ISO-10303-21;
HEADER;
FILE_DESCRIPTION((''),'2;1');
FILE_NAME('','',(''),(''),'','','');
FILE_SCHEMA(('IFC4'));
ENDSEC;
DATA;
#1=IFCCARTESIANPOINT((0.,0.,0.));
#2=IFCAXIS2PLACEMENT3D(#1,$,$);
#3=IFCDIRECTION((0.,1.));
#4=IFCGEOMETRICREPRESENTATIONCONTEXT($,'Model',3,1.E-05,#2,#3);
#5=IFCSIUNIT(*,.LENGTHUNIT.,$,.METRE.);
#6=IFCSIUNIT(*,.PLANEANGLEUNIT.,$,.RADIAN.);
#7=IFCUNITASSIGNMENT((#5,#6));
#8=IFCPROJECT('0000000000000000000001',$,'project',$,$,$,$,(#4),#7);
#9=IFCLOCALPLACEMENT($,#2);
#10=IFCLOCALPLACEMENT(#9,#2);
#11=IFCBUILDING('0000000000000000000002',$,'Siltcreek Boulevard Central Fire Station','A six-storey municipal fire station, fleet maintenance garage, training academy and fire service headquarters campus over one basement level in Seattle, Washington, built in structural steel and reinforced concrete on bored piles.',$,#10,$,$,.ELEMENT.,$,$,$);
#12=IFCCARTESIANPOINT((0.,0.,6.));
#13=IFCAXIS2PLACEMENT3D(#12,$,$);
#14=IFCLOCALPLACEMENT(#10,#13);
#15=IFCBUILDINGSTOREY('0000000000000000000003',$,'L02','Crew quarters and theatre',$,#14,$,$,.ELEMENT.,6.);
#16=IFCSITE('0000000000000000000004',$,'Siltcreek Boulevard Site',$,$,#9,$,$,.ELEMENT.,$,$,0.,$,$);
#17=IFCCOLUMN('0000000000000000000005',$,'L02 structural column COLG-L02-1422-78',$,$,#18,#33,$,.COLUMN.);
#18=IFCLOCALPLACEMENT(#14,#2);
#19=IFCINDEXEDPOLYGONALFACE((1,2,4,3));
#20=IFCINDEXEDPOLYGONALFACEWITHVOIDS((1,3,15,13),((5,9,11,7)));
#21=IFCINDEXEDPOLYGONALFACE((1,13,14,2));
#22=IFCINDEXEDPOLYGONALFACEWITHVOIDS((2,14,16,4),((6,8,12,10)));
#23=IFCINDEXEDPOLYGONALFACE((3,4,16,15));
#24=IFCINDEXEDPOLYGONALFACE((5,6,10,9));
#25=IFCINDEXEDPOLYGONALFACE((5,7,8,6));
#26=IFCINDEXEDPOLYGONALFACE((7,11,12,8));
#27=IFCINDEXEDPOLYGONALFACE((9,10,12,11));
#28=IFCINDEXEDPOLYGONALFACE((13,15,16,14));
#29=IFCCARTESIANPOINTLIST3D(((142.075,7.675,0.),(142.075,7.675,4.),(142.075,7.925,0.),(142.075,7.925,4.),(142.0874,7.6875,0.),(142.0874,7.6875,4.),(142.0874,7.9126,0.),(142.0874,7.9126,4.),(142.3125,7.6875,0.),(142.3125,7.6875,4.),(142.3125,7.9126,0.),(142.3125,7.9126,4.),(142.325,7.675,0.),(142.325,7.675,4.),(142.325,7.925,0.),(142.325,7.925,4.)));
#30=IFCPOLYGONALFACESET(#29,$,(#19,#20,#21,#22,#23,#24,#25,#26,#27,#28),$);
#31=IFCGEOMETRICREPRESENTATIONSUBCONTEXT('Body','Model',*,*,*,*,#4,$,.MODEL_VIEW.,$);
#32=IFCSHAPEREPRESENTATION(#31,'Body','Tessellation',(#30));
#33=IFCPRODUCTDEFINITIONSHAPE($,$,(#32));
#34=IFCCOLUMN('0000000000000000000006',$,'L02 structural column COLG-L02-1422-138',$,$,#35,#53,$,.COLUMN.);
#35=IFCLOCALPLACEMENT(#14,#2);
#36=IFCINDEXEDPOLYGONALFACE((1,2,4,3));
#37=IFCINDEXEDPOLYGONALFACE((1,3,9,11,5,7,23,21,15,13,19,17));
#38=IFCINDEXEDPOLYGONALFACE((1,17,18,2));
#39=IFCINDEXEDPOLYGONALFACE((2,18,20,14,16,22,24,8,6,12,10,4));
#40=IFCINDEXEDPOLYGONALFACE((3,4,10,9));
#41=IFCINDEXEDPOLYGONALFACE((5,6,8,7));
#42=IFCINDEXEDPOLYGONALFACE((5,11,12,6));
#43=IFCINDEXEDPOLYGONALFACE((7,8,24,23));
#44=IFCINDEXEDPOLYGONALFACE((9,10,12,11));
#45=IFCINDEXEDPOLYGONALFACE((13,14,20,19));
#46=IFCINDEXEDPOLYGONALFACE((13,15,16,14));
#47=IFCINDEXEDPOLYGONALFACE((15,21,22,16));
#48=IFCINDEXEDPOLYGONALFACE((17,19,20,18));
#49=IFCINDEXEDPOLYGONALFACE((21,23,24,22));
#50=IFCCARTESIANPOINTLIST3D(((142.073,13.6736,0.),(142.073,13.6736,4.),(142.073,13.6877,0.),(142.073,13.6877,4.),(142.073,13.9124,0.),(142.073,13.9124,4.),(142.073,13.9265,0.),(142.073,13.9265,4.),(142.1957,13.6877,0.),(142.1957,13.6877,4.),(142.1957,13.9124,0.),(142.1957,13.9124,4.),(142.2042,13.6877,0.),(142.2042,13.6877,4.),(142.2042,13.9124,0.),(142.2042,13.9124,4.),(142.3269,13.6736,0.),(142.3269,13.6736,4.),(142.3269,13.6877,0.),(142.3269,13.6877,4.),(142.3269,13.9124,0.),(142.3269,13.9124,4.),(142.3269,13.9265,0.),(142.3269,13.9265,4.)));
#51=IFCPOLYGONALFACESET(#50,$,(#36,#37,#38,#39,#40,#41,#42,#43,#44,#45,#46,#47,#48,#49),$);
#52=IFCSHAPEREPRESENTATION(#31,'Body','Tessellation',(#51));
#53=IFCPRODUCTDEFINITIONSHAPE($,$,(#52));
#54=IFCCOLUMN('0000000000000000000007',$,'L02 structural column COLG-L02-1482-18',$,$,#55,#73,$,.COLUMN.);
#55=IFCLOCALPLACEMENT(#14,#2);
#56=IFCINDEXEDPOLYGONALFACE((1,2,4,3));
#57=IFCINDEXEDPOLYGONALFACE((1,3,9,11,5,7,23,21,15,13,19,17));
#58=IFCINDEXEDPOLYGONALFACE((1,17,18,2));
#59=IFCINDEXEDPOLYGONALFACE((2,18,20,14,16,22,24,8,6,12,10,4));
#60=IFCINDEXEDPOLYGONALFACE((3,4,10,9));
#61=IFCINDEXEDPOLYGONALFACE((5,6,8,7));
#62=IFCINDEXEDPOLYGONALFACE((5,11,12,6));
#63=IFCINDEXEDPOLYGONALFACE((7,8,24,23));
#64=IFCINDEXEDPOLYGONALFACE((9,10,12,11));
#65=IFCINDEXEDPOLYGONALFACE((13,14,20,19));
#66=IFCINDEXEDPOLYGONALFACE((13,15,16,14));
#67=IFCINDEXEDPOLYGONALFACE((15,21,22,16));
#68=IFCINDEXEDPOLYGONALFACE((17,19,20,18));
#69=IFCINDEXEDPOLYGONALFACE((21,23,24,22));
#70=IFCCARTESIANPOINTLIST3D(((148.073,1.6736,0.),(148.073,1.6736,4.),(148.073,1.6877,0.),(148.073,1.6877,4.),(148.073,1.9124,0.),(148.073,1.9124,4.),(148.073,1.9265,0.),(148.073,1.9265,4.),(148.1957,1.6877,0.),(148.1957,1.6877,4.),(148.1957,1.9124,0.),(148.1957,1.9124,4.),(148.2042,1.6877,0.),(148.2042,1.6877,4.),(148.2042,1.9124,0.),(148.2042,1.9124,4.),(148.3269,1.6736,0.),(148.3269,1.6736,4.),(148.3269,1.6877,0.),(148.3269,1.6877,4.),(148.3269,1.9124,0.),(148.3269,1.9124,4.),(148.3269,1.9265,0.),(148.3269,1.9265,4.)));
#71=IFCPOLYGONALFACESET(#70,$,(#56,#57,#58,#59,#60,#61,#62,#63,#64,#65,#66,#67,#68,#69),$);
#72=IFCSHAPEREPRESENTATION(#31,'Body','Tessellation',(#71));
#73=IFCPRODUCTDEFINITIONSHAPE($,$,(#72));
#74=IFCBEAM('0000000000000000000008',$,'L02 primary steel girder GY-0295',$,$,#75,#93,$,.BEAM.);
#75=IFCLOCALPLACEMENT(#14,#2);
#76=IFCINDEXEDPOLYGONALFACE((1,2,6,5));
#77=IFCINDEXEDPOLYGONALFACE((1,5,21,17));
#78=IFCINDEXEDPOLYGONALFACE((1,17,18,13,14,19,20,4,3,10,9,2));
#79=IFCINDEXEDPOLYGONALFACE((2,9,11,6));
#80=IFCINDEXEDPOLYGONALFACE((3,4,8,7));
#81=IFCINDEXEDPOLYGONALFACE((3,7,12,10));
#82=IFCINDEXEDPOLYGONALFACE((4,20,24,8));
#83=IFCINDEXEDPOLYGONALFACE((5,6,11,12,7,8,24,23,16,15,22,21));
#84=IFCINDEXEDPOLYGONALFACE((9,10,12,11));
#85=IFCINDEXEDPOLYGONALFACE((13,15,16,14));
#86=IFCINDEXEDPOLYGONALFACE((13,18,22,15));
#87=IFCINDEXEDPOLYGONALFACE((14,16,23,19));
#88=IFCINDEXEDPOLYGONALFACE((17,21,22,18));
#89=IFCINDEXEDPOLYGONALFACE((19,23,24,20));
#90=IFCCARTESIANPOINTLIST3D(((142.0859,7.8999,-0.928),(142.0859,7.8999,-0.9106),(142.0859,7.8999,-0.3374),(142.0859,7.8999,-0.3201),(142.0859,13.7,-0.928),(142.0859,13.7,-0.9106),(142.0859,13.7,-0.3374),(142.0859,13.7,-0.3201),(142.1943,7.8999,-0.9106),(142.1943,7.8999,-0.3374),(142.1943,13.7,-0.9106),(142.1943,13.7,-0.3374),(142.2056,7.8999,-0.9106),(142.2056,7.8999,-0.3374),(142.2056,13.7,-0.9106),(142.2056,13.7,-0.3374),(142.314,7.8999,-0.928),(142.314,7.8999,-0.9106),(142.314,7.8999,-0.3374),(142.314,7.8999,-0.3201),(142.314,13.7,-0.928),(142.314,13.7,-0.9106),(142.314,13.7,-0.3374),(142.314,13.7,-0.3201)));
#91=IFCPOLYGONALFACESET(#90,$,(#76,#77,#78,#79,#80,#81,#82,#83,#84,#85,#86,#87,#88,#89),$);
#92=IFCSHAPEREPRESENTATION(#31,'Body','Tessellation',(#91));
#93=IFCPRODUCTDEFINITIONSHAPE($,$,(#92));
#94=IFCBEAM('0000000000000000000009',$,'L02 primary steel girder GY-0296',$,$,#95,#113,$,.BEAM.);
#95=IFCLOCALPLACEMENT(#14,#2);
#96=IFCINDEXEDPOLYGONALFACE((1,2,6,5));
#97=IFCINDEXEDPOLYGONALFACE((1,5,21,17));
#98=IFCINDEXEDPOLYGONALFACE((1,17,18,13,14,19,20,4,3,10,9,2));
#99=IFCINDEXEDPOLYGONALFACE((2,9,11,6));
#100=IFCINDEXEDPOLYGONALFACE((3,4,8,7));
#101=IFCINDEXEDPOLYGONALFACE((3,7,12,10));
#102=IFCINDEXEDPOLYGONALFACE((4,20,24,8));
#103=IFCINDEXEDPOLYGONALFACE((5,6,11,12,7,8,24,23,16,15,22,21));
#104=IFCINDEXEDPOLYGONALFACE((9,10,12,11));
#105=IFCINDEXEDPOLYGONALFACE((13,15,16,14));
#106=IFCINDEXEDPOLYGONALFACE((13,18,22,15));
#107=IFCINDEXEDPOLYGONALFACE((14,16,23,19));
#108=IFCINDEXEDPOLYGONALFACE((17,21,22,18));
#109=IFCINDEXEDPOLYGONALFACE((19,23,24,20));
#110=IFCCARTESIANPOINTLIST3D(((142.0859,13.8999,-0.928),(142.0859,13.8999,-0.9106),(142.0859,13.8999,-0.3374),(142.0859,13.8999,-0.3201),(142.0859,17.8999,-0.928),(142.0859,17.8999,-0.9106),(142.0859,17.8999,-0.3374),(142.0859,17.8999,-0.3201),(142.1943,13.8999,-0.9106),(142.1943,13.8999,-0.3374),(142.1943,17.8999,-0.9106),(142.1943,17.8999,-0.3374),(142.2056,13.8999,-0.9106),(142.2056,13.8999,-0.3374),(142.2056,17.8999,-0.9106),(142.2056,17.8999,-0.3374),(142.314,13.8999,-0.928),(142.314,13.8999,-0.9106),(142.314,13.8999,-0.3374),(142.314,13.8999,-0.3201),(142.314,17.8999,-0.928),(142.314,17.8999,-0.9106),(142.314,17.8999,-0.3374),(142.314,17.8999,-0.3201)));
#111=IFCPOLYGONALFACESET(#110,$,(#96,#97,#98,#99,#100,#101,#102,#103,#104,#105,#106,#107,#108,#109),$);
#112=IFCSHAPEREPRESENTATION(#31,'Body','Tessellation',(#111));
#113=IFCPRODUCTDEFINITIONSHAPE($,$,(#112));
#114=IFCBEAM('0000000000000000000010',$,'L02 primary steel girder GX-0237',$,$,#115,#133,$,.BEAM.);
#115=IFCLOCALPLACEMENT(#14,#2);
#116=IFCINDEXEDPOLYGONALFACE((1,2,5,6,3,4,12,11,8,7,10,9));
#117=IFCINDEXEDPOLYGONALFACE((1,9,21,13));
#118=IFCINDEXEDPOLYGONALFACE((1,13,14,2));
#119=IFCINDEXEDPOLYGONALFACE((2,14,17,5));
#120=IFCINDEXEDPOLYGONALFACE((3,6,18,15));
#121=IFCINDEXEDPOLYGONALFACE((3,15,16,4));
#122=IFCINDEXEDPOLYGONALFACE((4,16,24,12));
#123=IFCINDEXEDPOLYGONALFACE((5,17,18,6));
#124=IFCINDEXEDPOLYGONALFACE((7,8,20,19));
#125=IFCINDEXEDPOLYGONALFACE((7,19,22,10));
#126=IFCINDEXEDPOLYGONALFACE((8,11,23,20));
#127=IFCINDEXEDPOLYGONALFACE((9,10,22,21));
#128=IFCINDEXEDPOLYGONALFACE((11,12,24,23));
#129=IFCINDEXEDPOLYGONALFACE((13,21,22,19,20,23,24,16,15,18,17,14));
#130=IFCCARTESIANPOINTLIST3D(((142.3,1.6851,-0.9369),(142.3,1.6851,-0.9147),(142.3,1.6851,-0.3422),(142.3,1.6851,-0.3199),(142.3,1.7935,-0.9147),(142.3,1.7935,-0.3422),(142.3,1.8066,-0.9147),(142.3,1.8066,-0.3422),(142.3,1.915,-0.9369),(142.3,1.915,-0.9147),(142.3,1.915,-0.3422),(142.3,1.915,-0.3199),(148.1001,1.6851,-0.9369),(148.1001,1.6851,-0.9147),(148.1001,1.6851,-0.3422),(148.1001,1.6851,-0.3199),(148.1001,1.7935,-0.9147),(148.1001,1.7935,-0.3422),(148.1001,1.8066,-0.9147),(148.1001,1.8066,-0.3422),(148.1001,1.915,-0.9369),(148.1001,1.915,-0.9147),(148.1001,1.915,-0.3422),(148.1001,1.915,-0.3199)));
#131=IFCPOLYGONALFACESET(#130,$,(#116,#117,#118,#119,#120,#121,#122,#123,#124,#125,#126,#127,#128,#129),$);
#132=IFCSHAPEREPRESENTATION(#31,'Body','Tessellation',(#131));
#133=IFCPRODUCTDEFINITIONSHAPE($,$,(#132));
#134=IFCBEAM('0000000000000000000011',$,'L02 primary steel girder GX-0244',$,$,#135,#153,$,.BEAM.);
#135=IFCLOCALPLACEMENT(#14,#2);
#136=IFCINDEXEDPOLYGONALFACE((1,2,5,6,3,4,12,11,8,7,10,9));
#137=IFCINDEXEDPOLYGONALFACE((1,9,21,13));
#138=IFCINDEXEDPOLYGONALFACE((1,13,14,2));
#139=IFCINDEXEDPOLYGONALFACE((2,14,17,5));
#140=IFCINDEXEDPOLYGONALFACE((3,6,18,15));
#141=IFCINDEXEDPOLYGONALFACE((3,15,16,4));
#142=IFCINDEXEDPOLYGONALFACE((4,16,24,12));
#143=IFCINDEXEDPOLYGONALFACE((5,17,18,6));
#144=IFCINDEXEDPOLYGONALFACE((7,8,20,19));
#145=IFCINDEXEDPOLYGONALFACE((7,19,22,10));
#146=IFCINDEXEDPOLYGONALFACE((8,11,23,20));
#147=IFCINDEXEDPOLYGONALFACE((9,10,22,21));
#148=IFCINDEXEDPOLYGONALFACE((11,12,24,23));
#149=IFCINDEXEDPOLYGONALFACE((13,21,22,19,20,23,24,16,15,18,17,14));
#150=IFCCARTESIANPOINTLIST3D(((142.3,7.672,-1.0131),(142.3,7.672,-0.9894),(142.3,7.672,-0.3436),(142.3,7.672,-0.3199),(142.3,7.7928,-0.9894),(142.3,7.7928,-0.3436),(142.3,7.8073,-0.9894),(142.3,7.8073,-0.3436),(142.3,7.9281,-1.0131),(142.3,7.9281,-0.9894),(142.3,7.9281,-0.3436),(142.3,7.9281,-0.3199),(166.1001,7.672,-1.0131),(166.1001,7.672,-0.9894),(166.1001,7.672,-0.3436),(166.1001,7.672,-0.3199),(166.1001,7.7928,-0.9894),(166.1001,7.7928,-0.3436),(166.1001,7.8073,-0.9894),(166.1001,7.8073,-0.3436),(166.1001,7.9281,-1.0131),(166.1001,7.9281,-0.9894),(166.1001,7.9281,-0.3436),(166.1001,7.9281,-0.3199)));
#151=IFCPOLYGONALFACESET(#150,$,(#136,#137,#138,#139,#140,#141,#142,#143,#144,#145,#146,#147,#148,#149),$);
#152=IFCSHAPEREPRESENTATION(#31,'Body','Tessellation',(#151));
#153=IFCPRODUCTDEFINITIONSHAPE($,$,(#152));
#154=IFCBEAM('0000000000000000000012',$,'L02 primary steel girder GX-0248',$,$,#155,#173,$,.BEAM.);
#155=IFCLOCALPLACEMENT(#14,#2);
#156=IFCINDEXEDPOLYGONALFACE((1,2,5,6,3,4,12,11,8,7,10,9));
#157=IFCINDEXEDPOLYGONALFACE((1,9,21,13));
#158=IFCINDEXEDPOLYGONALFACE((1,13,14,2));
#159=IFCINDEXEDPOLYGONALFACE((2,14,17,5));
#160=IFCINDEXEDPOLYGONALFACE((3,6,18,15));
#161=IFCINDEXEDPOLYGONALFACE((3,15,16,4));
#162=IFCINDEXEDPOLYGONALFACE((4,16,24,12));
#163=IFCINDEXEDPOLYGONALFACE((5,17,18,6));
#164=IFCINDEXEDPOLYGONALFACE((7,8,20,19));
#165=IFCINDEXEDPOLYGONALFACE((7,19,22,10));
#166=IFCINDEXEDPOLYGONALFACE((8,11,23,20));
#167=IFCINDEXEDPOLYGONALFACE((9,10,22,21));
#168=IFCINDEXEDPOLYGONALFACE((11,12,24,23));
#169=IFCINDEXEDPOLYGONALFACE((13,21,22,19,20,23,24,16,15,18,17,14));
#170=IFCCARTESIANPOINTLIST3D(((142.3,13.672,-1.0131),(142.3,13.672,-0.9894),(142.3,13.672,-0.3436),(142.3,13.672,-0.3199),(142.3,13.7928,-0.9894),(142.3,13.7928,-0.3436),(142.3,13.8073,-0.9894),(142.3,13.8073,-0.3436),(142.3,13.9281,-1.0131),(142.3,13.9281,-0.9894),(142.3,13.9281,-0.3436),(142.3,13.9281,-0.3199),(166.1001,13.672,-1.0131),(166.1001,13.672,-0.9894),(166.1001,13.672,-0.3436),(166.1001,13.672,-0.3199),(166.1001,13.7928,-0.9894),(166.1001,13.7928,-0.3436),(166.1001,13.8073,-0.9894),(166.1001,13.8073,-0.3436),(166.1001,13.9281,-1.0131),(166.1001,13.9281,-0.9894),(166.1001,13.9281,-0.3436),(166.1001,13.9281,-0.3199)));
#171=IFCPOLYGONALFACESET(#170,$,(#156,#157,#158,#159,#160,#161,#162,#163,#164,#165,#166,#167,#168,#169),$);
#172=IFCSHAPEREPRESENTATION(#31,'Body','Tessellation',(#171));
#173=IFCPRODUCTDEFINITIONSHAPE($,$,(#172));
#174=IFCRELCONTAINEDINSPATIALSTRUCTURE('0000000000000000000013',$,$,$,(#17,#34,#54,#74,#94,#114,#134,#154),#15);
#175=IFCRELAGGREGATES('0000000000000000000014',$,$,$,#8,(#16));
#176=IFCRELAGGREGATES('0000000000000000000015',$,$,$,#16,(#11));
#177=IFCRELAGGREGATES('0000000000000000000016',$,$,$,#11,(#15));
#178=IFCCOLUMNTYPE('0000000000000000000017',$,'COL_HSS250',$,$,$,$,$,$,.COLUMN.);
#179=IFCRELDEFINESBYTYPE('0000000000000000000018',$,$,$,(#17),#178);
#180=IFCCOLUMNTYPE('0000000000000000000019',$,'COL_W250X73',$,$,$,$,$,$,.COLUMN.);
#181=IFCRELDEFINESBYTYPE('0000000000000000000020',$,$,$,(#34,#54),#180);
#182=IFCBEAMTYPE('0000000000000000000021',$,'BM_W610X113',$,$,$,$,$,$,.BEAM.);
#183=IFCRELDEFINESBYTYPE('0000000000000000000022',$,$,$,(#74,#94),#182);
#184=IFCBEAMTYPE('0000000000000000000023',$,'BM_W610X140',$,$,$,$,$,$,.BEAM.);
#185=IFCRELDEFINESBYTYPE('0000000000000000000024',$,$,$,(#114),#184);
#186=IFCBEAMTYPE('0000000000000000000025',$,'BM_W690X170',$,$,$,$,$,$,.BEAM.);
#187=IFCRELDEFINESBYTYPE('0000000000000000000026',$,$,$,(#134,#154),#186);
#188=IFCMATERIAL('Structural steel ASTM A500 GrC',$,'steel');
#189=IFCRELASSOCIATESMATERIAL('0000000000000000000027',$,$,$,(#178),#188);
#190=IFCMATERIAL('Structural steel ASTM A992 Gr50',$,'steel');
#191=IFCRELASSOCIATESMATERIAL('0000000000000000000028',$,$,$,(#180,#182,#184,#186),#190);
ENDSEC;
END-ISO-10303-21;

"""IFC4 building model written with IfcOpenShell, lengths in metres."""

from ifc_helpers import new_model, si_unit, direction, frame, origin, origin_2d, place, context, subcontext, project, spatial, hollow_rectangle, i_section, extrude, material, material_profile, profile_set, type_object, element, save


model = new_model("IFC4")

# Units and contexts
model_context = context("Model", 3, precision=1e-05, world=origin(), true_north=direction((0.0, 1.0)))
body_context = subcontext(model_context, "Body", "Model", "MODEL_VIEW")
ifc_project = project(units=[si_unit("LENGTHUNIT", "METRE"), si_unit("PLANEANGLEUNIT", "RADIAN")], contexts=[model_context])

# Site, building, storey
site_placement = place(None, origin())
site = spatial("IfcSite", under=ifc_project, at=site_placement, Name="Siltcreek Boulevard Site", CompositionType="ELEMENT", RefElevation=0.0)
building_placement = place(site_placement, origin())
building = spatial("IfcBuilding", under=site, at=building_placement, Name="Siltcreek Boulevard Central Fire Station", Description="A six-storey municipal fire station, fleet maintenance garage, training academy and fire service headquarters campus over one basement level in Seattle, Washington, built in structural steel and reinforced concrete on bored piles.", CompositionType="ELEMENT")
storey_placement = place(building_placement, frame((0.0, 0.0, 6.0)))
storey = spatial("IfcBuildingStorey", under=building, at=storey_placement, Name="L02", Description="Crew quarters and theatre", CompositionType="ELEMENT", Elevation=6.0)

# Columns
ifc_material_1 = material(Name="Structural steel ASTM A500 GrC", Category="steel")
ifc_material_profile_1 = material_profile(ifc_material_1, hollow_rectangle(XDim=0.25, YDim=0.25, WallThickness=0.0125, at=origin_2d()), Name="HSS250X250X12.5")
ifc_profile_set_1 = profile_set([ifc_material_profile_1], Name="Structural steel ASTM A500 GrC")
column_type_1 = type_object("IfcColumnType", Name="COL_HSS250", PredefinedType="COLUMN", material=ifc_profile_set_1)
column_placement = place(storey_placement, frame((142.2, 7.8, 0.0), z_axis=(0.0, 0.0, 1.0), x_axis=(1.0, 0.0, 0.0)))
element("IfcColumn", 1, at=column_placement, inside=storey, type_object=column_type_1, Name="L02 structural column COLG-L02-1422-78", PredefinedType="COLUMN", context=body_context, shape_type="SweptSolid", body=[
    extrude(hollow_rectangle(XDim=0.25, YDim=0.25, WallThickness=0.0125, at=origin_2d()), origin(), (0.0, 0.0, 1.0), 4.0),
])
ifc_material_2 = material(Name="Structural steel ASTM A992 Gr50", Category="steel")
ifc_material_profile_2 = material_profile(ifc_material_2, i_section(OverallWidth=0.2539, OverallDepth=0.2529, WebThickness=0.0085, FlangeThickness=0.0142, at=origin_2d()), Name="W250X73")
ifc_profile_set_2 = profile_set([ifc_material_profile_2], Name="Structural steel ASTM A992 Gr50")
column_type_2 = type_object("IfcColumnType", Name="COL_W250X73", PredefinedType="COLUMN", material=ifc_profile_set_2)
for number, where, z_axis, x_axis, name in (
    (2, (142.2, 13.8, 0.0), (0.0, 0.0, 1.0), (1.0, 0.0, 0.0), "L02 structural column COLG-L02-1422-138"),
    (3, (148.2, 1.8, 0.0), (0.0, 0.0, 1.0), (1.0, 0.0, 0.0), "L02 structural column COLG-L02-1482-18"),
):
    element("IfcColumn", number, at=place(storey_placement, frame(where, z_axis=z_axis, x_axis=x_axis)), inside=storey, type_object=column_type_2, Name=name, PredefinedType="COLUMN", context=body_context, shape_type="SweptSolid", body=[
        extrude(i_section(OverallWidth=0.2539, OverallDepth=0.2529, WebThickness=0.0085, FlangeThickness=0.0142, at=origin_2d()), origin(), (0.0, 0.0, 1.0), 4.0),
    ])

# Beams
ifc_material_profile_3 = material_profile(ifc_material_2, i_section(OverallWidth=0.228, OverallDepth=0.6079, WebThickness=0.0112, FlangeThickness=0.0173, at=origin_2d()), Name="W610X113")
ifc_profile_set_3 = profile_set([ifc_material_profile_3], Name="Structural steel ASTM A992 Gr50")
beam_type_1 = type_object("IfcBeamType", Name="BM_W610X113", PredefinedType="BEAM", material=ifc_profile_set_3)
beam_1_placement = place(storey_placement, frame((142.2, 7.8999, -0.624), z_axis=(0.0, 1.0, 0.0), x_axis=(-1.0, 0.0, 0.0)))
element("IfcBeam", 4, at=beam_1_placement, inside=storey, type_object=beam_type_1, Name="L02 primary steel girder GY-0295", PredefinedType="BEAM", context=body_context, shape_type="SweptSolid", body=[
    extrude(i_section(OverallWidth=0.228, OverallDepth=0.6079, WebThickness=0.0112, FlangeThickness=0.0173, at=origin_2d()), origin(), (0.0, 0.0, 1.0), 5.8),
])
beam_2_placement = place(storey_placement, frame((142.2, 13.8999, -0.624), z_axis=(0.0, 1.0, 0.0), x_axis=(-1.0, 0.0, 0.0)))
element("IfcBeam", 5, at=beam_2_placement, inside=storey, type_object=beam_type_1, Name="L02 primary steel girder GY-0296", PredefinedType="BEAM", context=body_context, shape_type="SweptSolid", body=[
    extrude(i_section(OverallWidth=0.228, OverallDepth=0.6079, WebThickness=0.0112, FlangeThickness=0.0173, at=origin_2d()), origin(), (0.0, 0.0, 1.0), 4.0),
])
ifc_material_profile_4 = material_profile(ifc_material_2, i_section(OverallWidth=0.23, OverallDepth=0.6169, WebThickness=0.0132, FlangeThickness=0.0222, at=origin_2d()), Name="W610X140")
ifc_profile_set_4 = profile_set([ifc_material_profile_4], Name="Structural steel ASTM A992 Gr50")
beam_type_2 = type_object("IfcBeamType", Name="BM_W610X140", PredefinedType="BEAM", material=ifc_profile_set_4)
beam_3_placement = place(storey_placement, frame((142.3, 1.8, -0.6284), z_axis=(1.0, 0.0, 0.0), x_axis=(0.0, 1.0, 0.0)))
element("IfcBeam", 6, at=beam_3_placement, inside=storey, type_object=beam_type_2, Name="L02 primary steel girder GX-0237", PredefinedType="BEAM", context=body_context, shape_type="SweptSolid", body=[
    extrude(i_section(OverallWidth=0.23, OverallDepth=0.6169, WebThickness=0.0132, FlangeThickness=0.0222, at=origin_2d()), origin(), (0.0, 0.0, 1.0), 5.8),
])
ifc_material_profile_5 = material_profile(ifc_material_2, i_section(OverallWidth=0.2561, OverallDepth=0.6931, WebThickness=0.0144, FlangeThickness=0.0237, at=origin_2d()), Name="W690X170")
ifc_profile_set_5 = profile_set([ifc_material_profile_5], Name="Structural steel ASTM A992 Gr50")
beam_type_3 = type_object("IfcBeamType", Name="BM_W690X170", PredefinedType="BEAM", material=ifc_profile_set_5)
for number, where, z_axis, x_axis, name in (
    (7, (142.3, 7.8, -0.6665), (1.0, 0.0, 0.0), (0.0, 1.0, 0.0), "L02 primary steel girder GX-0244"),
    (8, (142.3, 13.8, -0.6665), (1.0, 0.0, 0.0), (0.0, 1.0, 0.0), "L02 primary steel girder GX-0248"),
):
    element("IfcBeam", number, at=place(storey_placement, frame(where, z_axis=z_axis, x_axis=x_axis)), inside=storey, type_object=beam_type_3, Name=name, PredefinedType="BEAM", context=body_context, shape_type="SweptSolid", body=[
        extrude(i_section(OverallWidth=0.2561, OverallDepth=0.6931, WebThickness=0.0144, FlangeThickness=0.0237, at=origin_2d()), origin(), (0.0, 0.0, 1.0), 23.8),
    ])

save(model, "model.ifc")
